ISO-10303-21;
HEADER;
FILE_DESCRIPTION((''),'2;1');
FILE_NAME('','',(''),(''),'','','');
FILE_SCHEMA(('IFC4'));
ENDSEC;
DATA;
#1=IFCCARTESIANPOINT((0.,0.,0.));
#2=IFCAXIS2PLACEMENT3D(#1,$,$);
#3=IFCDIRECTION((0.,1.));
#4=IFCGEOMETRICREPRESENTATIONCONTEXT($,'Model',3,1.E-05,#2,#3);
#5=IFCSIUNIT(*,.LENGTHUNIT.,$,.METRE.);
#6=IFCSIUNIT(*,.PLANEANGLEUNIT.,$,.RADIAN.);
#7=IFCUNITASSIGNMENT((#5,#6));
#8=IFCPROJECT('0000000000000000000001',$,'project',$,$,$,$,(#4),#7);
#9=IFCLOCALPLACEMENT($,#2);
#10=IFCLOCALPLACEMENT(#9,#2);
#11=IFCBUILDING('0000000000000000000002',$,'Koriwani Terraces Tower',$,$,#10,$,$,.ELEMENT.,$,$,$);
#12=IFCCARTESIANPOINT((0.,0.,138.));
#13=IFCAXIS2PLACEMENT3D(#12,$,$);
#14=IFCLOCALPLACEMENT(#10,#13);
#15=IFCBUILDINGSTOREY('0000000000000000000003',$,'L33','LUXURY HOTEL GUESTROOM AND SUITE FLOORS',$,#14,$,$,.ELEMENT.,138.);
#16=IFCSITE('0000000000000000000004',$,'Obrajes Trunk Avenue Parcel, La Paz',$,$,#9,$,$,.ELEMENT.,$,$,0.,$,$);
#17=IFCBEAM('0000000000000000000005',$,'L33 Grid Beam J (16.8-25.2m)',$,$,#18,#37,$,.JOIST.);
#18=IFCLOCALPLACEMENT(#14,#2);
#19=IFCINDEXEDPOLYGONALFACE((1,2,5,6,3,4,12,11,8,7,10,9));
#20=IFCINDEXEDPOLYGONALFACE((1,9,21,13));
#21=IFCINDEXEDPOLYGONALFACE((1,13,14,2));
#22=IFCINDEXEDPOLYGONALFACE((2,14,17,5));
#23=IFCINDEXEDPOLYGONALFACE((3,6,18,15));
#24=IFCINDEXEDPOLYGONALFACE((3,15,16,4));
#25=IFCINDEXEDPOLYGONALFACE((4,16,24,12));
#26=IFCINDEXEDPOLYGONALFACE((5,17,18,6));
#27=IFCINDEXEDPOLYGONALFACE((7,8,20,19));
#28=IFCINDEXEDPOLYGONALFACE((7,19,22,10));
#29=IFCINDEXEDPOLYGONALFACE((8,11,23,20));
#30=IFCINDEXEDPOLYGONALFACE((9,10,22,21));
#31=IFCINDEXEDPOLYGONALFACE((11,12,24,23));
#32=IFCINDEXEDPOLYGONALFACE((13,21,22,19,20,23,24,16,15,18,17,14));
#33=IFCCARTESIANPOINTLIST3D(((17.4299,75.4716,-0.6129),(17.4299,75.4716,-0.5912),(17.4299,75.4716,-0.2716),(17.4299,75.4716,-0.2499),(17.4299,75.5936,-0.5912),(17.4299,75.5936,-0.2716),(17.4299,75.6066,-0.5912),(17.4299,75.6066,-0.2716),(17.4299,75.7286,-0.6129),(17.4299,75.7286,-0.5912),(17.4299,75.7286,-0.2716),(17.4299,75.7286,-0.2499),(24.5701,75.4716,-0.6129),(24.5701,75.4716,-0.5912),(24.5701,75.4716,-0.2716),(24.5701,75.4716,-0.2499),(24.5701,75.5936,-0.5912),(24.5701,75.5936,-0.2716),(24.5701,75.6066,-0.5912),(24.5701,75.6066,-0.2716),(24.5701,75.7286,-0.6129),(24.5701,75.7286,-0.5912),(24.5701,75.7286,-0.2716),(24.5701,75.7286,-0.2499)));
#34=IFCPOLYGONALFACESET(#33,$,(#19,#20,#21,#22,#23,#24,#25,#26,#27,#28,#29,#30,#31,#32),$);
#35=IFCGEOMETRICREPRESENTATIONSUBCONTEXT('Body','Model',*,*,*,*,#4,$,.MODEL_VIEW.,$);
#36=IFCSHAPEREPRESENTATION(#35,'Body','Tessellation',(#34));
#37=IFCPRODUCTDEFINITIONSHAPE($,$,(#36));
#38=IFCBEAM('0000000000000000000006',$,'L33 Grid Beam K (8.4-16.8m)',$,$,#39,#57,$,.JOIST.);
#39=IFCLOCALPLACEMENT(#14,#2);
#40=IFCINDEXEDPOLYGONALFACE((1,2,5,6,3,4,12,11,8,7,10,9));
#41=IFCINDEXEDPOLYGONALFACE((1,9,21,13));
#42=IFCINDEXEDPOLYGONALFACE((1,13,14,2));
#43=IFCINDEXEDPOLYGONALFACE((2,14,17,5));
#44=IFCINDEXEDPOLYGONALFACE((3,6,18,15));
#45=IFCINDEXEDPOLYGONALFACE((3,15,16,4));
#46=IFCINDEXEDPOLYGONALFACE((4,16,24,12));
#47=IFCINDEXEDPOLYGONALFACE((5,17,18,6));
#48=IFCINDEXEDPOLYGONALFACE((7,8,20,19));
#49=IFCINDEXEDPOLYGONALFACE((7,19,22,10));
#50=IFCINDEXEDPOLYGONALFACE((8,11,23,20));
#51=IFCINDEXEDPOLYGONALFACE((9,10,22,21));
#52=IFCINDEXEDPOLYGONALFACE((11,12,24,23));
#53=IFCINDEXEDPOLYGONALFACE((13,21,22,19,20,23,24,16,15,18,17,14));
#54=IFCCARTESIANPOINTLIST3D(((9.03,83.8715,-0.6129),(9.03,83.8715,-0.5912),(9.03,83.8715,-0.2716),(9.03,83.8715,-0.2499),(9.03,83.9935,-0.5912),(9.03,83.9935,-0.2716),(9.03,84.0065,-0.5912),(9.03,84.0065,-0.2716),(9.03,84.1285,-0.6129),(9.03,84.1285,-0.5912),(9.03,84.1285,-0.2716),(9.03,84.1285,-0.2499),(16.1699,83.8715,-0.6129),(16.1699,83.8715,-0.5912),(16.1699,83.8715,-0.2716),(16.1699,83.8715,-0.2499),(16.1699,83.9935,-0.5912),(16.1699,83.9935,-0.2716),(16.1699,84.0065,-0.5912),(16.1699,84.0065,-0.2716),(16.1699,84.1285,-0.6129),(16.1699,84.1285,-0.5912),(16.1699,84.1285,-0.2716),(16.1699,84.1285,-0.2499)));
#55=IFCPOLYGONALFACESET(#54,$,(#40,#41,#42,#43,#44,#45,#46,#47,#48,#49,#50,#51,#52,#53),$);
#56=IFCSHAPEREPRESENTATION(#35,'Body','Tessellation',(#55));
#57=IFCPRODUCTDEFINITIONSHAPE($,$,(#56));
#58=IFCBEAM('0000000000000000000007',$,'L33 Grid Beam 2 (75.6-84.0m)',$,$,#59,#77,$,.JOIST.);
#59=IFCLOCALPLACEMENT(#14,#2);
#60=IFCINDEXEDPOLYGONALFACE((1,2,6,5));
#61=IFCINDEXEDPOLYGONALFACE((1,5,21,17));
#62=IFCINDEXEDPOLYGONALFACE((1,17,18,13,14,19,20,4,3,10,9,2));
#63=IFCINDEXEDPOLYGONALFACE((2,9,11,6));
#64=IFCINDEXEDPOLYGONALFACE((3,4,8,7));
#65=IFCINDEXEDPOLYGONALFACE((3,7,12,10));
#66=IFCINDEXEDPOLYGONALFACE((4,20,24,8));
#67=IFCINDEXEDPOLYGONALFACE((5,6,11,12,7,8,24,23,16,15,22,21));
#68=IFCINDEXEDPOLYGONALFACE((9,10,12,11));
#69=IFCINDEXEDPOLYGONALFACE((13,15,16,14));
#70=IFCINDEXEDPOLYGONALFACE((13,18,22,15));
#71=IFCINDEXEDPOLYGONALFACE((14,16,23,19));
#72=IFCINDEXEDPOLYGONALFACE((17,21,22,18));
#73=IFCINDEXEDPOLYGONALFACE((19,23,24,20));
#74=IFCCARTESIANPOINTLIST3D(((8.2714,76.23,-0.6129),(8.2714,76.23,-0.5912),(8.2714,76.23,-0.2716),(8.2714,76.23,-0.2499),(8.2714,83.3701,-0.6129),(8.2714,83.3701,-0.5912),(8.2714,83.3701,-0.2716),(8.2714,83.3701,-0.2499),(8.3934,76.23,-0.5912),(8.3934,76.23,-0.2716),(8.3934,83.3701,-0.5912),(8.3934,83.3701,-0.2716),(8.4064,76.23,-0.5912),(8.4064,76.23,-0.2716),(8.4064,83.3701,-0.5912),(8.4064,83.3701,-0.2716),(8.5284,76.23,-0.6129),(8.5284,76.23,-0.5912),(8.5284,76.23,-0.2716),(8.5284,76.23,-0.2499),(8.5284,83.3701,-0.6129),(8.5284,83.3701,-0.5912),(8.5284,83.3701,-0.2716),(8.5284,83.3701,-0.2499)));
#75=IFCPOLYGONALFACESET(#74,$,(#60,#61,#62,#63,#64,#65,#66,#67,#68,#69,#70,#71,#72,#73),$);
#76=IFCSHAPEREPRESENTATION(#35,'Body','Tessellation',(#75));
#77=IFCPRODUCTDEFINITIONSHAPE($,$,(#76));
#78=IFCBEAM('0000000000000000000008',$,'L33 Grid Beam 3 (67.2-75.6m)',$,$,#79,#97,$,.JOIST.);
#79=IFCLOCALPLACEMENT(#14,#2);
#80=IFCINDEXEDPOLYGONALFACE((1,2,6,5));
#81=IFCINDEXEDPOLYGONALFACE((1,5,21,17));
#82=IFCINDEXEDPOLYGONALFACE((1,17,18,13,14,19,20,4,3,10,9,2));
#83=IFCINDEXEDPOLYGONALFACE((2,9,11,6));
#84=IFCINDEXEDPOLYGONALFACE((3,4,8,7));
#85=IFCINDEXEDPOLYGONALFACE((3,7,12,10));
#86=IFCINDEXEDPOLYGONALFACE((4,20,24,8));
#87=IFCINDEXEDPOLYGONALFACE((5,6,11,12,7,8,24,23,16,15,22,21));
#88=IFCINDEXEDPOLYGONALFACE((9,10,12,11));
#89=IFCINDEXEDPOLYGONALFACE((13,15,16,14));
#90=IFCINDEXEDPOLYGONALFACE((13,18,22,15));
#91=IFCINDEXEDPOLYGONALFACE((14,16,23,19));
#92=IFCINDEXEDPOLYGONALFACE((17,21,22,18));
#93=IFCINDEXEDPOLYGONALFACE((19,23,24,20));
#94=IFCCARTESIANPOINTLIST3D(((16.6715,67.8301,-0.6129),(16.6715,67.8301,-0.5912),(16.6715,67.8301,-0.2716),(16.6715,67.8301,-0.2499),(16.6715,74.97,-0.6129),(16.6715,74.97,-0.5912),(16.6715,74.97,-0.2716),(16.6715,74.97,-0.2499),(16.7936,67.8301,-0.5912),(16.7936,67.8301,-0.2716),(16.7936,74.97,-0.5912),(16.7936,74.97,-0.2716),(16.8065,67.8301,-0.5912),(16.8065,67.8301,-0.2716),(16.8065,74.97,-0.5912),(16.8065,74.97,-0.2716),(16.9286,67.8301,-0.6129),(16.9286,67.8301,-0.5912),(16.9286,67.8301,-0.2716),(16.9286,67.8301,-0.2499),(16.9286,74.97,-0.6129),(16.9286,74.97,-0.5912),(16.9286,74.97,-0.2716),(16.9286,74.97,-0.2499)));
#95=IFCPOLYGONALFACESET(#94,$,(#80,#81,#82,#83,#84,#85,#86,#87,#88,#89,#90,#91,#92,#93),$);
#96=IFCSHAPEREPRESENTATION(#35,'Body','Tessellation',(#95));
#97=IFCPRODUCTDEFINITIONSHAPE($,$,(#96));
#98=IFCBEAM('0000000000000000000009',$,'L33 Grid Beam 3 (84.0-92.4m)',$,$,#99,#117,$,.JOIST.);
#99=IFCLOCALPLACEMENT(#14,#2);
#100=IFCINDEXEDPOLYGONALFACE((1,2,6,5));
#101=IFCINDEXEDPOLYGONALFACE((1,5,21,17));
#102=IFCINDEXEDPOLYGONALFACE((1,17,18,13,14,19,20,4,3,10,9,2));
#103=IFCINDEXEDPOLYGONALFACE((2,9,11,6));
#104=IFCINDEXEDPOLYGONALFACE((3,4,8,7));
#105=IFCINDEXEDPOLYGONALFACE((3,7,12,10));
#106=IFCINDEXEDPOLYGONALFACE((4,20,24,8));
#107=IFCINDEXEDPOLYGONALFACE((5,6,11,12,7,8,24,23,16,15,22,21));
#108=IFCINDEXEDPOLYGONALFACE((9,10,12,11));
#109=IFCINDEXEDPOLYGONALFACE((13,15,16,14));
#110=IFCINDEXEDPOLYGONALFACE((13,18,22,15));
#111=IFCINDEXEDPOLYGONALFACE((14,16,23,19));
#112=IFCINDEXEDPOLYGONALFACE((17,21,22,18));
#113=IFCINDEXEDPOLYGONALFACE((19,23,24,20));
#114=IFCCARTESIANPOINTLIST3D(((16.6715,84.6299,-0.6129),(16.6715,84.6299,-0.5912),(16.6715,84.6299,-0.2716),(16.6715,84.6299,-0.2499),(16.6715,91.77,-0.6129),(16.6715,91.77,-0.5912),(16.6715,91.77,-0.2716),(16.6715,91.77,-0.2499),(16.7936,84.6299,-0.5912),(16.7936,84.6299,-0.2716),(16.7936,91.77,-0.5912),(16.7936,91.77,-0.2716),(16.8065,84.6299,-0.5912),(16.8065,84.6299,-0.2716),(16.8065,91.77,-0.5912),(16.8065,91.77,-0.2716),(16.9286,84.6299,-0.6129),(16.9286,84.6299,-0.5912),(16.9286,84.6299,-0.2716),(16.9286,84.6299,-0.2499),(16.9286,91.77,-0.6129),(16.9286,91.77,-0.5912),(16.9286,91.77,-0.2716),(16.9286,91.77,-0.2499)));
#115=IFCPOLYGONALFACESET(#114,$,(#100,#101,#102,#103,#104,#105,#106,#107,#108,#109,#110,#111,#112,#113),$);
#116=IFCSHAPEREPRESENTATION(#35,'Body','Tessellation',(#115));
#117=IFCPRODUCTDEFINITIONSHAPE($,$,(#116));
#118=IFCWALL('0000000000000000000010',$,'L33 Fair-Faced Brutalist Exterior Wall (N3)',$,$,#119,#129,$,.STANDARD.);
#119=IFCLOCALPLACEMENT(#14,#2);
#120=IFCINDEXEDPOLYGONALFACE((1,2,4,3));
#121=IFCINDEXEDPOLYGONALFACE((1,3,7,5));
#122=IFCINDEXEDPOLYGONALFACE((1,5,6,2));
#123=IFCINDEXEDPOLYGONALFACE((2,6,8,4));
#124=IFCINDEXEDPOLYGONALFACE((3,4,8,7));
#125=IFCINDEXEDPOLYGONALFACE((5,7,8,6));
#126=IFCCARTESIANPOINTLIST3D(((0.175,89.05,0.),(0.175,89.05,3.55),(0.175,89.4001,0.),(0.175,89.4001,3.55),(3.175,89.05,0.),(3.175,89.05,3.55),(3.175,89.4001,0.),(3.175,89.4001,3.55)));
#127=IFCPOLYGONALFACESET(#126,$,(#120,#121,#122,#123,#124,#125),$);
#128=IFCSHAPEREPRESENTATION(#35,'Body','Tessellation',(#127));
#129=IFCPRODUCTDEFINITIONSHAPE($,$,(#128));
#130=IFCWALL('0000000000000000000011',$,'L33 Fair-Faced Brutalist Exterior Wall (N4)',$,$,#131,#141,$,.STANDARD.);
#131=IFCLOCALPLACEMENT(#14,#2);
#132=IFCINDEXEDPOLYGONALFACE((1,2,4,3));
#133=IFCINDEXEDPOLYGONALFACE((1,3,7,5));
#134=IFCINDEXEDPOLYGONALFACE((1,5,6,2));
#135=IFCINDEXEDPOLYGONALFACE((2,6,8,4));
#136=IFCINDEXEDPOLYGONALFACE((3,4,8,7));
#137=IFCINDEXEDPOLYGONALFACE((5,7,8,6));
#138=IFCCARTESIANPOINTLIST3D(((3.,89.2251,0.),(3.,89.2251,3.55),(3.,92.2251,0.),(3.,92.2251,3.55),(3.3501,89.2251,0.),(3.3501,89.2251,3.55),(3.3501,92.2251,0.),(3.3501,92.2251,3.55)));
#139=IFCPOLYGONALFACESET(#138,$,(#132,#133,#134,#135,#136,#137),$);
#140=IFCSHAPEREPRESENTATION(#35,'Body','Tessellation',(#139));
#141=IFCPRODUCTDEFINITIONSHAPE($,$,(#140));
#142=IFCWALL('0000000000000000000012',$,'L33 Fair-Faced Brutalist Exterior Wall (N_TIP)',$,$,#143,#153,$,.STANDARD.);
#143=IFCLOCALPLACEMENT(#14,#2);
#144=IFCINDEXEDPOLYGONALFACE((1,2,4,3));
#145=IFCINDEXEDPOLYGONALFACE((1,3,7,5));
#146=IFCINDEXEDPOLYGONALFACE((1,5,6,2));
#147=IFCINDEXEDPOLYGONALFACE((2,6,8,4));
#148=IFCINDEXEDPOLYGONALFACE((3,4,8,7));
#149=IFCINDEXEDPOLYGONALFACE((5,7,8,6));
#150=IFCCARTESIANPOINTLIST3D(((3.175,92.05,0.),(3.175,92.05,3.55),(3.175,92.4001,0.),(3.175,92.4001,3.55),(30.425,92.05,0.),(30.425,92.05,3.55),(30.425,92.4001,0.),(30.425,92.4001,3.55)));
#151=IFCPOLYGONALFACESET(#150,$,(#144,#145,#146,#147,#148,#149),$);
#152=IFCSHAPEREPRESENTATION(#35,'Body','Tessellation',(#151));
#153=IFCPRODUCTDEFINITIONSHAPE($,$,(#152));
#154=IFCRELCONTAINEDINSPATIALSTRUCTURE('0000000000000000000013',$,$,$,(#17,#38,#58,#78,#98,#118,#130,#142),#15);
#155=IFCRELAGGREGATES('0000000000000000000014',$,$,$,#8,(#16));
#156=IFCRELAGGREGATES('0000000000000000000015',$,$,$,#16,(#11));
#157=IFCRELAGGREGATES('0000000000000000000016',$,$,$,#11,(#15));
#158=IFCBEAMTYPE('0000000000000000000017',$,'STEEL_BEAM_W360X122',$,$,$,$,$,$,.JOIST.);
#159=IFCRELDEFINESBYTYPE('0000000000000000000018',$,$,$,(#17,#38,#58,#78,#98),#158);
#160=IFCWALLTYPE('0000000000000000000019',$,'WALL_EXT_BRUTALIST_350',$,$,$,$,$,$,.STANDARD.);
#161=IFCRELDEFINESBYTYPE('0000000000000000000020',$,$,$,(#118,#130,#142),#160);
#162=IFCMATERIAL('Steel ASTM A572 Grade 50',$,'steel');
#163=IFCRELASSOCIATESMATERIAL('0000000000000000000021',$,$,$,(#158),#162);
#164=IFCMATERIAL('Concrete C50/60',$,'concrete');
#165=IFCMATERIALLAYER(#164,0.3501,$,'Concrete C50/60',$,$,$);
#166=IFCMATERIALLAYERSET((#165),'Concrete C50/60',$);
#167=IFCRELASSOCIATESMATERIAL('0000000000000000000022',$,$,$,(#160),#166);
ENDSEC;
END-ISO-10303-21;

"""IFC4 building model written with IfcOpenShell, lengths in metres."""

from ifc_helpers import new_model, si_unit, direction, frame, frame_2d, origin, origin_2d, place, context, subcontext, project, spatial, rectangle, i_section, extrude, material, layer, layer_set, material_profile, profile_set, type_object, element, save


model = new_model("IFC4")

# Units and contexts
model_context = context("Model", 3, precision=1e-05, world=origin(), true_north=direction((0.0, 1.0)))
body_context = subcontext(model_context, "Body", "Model", "MODEL_VIEW")
ifc_project = project(units=[si_unit("LENGTHUNIT", "METRE"), si_unit("PLANEANGLEUNIT", "RADIAN")], contexts=[model_context])

# Site, building, storey
site_placement = place(None, origin())
site = spatial("IfcSite", under=ifc_project, at=site_placement, Name="Obrajes Trunk Avenue Parcel, La Paz", CompositionType="ELEMENT", RefElevation=0.0)
building_placement = place(site_placement, origin())
building = spatial("IfcBuilding", under=site, at=building_placement, Name="Koriwani Terraces Tower", CompositionType="ELEMENT")
storey_placement = place(building_placement, frame((0.0, 0.0, 138.0)))
storey = spatial("IfcBuildingStorey", under=building, at=storey_placement, Name="L33", Description="LUXURY HOTEL GUESTROOM AND SUITE FLOORS", CompositionType="ELEMENT", Elevation=138.0)

# Beams
ifc_material_1 = material(Name="Concrete C50/60", Category="concrete")
ifc_material_2 = material(Name="Steel ASTM A572 Grade 50", Category="steel")
ifc_material_profile_1 = material_profile(ifc_material_2, i_section(OverallWidth=0.2571, OverallDepth=0.363, WebThickness=0.0129, FlangeThickness=0.0217, at=origin_2d()), Name="Steel ASTM A572 Grade 50", Category="LoadBearing")
ifc_profile_set_1 = profile_set([ifc_material_profile_1], Name="Steel ASTM A572 Grade 50")
beam_type_1 = type_object("IfcBeamType", Name="STEEL_BEAM_W360X122", PredefinedType="JOIST", material=ifc_profile_set_1)
for number, where, z_axis, x_axis, name in (
    (1, (17.4299, 75.6001, -0.4314), (1.0, 0.0, 0.0), (0.0, 1.0, 0.0), "L33 Grid Beam J (16.8-25.2m)"),
):
    element("IfcBeam", number, at=place(storey_placement, frame(where, z_axis=z_axis, x_axis=x_axis)), inside=storey, type_object=beam_type_1, Name=name, PredefinedType="JOIST", context=body_context, shape_type="SweptSolid", body=[
        extrude(i_section(OverallWidth=0.2571, OverallDepth=0.363, WebThickness=0.0129, FlangeThickness=0.0217, at=origin_2d()), origin(), (0.0, 0.0, 1.0), 7.1401),
    ])
beam_1_placement = place(storey_placement, frame((9.03, 84.0, -0.4314), z_axis=(1.0, 0.0, 0.0), x_axis=(0.0, 1.0, 0.0)))
element("IfcBeam", 2, at=beam_1_placement, inside=storey, type_object=beam_type_1, Name="L33 Grid Beam K (8.4-16.8m)", PredefinedType="JOIST", context=body_context, shape_type="SweptSolid", body=[
    extrude(i_section(OverallWidth=0.2571, OverallDepth=0.363, WebThickness=0.0129, FlangeThickness=0.0217, at=origin_2d()), origin(), (0.0, 0.0, 1.0), 7.1399),
])
beam_2_placement = place(storey_placement, frame((8.3999, 76.23, -0.4314), z_axis=(0.0, 1.0, 0.0), x_axis=(-1.0, 0.0, 0.0)))
element("IfcBeam", 3, at=beam_2_placement, inside=storey, type_object=beam_type_1, Name="L33 Grid Beam 2 (75.6-84.0m)", PredefinedType="JOIST", context=body_context, shape_type="SweptSolid", body=[
    extrude(i_section(OverallWidth=0.2571, OverallDepth=0.363, WebThickness=0.0129, FlangeThickness=0.0217, at=origin_2d()), origin(), (0.0, 0.0, 1.0), 7.1401),
])
beam_3_placement = place(storey_placement, frame((16.8, 67.8301, -0.4314), z_axis=(0.0, 1.0, 0.0), x_axis=(-1.0, 0.0, 0.0)))
element("IfcBeam", 4, at=beam_3_placement, inside=storey, type_object=beam_type_1, Name="L33 Grid Beam 3 (67.2-75.6m)", PredefinedType="JOIST", context=body_context, shape_type="SweptSolid", body=[
    extrude(i_section(OverallWidth=0.2571, OverallDepth=0.363, WebThickness=0.0129, FlangeThickness=0.0217, at=origin_2d()), origin(), (0.0, 0.0, 1.0), 7.1399),
])
beam_4_placement = place(storey_placement, frame((16.8, 84.6299, -0.4314), z_axis=(0.0, 1.0, 0.0), x_axis=(-1.0, 0.0, 0.0)))
element("IfcBeam", 5, at=beam_4_placement, inside=storey, type_object=beam_type_1, Name="L33 Grid Beam 3 (84.0-92.4m)", PredefinedType="JOIST", context=body_context, shape_type="SweptSolid", body=[
    extrude(i_section(OverallWidth=0.2571, OverallDepth=0.363, WebThickness=0.0129, FlangeThickness=0.0217, at=origin_2d()), origin(), (0.0, 0.0, 1.0), 7.1401),
])

# Walls
ifc_layer = layer(ifc_material_1, 0.3501, Name="Concrete C50/60")
ifc_layer_set = layer_set([ifc_layer], Name="Concrete C50/60")
wall_type = type_object("IfcWallType", Name="WALL_EXT_BRUTALIST_350", PredefinedType="STANDARD", material=ifc_layer_set)
for number, where, z_axis, x_axis, name in (
    (6, (0.175, 89.2251, 0.0), (0.0, 0.0, 1.0), (1.0, 0.0, 0.0), "L33 Fair-Faced Brutalist Exterior Wall (N3)"),
    (7, (3.175, 89.2251, 0.0), (0.0, 0.0, 1.0), (0.0, 1.0, 0.0), "L33 Fair-Faced Brutalist Exterior Wall (N4)"),
):
    element("IfcWall", number, at=place(storey_placement, frame(where, z_axis=z_axis, x_axis=x_axis)), inside=storey, type_object=wall_type, Name=name, PredefinedType="STANDARD", context=body_context, shape_type="SweptSolid", body=[
        extrude(rectangle(XDim=3.0, YDim=0.3501, at=frame_2d((1.5, 0.0))), origin(), (0.0, 0.0, 1.0), 3.55),
    ])
wall_placement = place(storey_placement, frame((3.175, 92.2251, 0.0), z_axis=(0.0, 0.0, 1.0), x_axis=(1.0, 0.0, 0.0)))
element("IfcWall", 8, at=wall_placement, inside=storey, type_object=wall_type, Name="L33 Fair-Faced Brutalist Exterior Wall (N_TIP)", PredefinedType="STANDARD", context=body_context, shape_type="SweptSolid", body=[
    extrude(rectangle(XDim=27.25, YDim=0.3501, at=frame_2d((13.625, 0.0))), origin(), (0.0, 0.0, 1.0), 3.55),
])

save(model, "model.ifc")
